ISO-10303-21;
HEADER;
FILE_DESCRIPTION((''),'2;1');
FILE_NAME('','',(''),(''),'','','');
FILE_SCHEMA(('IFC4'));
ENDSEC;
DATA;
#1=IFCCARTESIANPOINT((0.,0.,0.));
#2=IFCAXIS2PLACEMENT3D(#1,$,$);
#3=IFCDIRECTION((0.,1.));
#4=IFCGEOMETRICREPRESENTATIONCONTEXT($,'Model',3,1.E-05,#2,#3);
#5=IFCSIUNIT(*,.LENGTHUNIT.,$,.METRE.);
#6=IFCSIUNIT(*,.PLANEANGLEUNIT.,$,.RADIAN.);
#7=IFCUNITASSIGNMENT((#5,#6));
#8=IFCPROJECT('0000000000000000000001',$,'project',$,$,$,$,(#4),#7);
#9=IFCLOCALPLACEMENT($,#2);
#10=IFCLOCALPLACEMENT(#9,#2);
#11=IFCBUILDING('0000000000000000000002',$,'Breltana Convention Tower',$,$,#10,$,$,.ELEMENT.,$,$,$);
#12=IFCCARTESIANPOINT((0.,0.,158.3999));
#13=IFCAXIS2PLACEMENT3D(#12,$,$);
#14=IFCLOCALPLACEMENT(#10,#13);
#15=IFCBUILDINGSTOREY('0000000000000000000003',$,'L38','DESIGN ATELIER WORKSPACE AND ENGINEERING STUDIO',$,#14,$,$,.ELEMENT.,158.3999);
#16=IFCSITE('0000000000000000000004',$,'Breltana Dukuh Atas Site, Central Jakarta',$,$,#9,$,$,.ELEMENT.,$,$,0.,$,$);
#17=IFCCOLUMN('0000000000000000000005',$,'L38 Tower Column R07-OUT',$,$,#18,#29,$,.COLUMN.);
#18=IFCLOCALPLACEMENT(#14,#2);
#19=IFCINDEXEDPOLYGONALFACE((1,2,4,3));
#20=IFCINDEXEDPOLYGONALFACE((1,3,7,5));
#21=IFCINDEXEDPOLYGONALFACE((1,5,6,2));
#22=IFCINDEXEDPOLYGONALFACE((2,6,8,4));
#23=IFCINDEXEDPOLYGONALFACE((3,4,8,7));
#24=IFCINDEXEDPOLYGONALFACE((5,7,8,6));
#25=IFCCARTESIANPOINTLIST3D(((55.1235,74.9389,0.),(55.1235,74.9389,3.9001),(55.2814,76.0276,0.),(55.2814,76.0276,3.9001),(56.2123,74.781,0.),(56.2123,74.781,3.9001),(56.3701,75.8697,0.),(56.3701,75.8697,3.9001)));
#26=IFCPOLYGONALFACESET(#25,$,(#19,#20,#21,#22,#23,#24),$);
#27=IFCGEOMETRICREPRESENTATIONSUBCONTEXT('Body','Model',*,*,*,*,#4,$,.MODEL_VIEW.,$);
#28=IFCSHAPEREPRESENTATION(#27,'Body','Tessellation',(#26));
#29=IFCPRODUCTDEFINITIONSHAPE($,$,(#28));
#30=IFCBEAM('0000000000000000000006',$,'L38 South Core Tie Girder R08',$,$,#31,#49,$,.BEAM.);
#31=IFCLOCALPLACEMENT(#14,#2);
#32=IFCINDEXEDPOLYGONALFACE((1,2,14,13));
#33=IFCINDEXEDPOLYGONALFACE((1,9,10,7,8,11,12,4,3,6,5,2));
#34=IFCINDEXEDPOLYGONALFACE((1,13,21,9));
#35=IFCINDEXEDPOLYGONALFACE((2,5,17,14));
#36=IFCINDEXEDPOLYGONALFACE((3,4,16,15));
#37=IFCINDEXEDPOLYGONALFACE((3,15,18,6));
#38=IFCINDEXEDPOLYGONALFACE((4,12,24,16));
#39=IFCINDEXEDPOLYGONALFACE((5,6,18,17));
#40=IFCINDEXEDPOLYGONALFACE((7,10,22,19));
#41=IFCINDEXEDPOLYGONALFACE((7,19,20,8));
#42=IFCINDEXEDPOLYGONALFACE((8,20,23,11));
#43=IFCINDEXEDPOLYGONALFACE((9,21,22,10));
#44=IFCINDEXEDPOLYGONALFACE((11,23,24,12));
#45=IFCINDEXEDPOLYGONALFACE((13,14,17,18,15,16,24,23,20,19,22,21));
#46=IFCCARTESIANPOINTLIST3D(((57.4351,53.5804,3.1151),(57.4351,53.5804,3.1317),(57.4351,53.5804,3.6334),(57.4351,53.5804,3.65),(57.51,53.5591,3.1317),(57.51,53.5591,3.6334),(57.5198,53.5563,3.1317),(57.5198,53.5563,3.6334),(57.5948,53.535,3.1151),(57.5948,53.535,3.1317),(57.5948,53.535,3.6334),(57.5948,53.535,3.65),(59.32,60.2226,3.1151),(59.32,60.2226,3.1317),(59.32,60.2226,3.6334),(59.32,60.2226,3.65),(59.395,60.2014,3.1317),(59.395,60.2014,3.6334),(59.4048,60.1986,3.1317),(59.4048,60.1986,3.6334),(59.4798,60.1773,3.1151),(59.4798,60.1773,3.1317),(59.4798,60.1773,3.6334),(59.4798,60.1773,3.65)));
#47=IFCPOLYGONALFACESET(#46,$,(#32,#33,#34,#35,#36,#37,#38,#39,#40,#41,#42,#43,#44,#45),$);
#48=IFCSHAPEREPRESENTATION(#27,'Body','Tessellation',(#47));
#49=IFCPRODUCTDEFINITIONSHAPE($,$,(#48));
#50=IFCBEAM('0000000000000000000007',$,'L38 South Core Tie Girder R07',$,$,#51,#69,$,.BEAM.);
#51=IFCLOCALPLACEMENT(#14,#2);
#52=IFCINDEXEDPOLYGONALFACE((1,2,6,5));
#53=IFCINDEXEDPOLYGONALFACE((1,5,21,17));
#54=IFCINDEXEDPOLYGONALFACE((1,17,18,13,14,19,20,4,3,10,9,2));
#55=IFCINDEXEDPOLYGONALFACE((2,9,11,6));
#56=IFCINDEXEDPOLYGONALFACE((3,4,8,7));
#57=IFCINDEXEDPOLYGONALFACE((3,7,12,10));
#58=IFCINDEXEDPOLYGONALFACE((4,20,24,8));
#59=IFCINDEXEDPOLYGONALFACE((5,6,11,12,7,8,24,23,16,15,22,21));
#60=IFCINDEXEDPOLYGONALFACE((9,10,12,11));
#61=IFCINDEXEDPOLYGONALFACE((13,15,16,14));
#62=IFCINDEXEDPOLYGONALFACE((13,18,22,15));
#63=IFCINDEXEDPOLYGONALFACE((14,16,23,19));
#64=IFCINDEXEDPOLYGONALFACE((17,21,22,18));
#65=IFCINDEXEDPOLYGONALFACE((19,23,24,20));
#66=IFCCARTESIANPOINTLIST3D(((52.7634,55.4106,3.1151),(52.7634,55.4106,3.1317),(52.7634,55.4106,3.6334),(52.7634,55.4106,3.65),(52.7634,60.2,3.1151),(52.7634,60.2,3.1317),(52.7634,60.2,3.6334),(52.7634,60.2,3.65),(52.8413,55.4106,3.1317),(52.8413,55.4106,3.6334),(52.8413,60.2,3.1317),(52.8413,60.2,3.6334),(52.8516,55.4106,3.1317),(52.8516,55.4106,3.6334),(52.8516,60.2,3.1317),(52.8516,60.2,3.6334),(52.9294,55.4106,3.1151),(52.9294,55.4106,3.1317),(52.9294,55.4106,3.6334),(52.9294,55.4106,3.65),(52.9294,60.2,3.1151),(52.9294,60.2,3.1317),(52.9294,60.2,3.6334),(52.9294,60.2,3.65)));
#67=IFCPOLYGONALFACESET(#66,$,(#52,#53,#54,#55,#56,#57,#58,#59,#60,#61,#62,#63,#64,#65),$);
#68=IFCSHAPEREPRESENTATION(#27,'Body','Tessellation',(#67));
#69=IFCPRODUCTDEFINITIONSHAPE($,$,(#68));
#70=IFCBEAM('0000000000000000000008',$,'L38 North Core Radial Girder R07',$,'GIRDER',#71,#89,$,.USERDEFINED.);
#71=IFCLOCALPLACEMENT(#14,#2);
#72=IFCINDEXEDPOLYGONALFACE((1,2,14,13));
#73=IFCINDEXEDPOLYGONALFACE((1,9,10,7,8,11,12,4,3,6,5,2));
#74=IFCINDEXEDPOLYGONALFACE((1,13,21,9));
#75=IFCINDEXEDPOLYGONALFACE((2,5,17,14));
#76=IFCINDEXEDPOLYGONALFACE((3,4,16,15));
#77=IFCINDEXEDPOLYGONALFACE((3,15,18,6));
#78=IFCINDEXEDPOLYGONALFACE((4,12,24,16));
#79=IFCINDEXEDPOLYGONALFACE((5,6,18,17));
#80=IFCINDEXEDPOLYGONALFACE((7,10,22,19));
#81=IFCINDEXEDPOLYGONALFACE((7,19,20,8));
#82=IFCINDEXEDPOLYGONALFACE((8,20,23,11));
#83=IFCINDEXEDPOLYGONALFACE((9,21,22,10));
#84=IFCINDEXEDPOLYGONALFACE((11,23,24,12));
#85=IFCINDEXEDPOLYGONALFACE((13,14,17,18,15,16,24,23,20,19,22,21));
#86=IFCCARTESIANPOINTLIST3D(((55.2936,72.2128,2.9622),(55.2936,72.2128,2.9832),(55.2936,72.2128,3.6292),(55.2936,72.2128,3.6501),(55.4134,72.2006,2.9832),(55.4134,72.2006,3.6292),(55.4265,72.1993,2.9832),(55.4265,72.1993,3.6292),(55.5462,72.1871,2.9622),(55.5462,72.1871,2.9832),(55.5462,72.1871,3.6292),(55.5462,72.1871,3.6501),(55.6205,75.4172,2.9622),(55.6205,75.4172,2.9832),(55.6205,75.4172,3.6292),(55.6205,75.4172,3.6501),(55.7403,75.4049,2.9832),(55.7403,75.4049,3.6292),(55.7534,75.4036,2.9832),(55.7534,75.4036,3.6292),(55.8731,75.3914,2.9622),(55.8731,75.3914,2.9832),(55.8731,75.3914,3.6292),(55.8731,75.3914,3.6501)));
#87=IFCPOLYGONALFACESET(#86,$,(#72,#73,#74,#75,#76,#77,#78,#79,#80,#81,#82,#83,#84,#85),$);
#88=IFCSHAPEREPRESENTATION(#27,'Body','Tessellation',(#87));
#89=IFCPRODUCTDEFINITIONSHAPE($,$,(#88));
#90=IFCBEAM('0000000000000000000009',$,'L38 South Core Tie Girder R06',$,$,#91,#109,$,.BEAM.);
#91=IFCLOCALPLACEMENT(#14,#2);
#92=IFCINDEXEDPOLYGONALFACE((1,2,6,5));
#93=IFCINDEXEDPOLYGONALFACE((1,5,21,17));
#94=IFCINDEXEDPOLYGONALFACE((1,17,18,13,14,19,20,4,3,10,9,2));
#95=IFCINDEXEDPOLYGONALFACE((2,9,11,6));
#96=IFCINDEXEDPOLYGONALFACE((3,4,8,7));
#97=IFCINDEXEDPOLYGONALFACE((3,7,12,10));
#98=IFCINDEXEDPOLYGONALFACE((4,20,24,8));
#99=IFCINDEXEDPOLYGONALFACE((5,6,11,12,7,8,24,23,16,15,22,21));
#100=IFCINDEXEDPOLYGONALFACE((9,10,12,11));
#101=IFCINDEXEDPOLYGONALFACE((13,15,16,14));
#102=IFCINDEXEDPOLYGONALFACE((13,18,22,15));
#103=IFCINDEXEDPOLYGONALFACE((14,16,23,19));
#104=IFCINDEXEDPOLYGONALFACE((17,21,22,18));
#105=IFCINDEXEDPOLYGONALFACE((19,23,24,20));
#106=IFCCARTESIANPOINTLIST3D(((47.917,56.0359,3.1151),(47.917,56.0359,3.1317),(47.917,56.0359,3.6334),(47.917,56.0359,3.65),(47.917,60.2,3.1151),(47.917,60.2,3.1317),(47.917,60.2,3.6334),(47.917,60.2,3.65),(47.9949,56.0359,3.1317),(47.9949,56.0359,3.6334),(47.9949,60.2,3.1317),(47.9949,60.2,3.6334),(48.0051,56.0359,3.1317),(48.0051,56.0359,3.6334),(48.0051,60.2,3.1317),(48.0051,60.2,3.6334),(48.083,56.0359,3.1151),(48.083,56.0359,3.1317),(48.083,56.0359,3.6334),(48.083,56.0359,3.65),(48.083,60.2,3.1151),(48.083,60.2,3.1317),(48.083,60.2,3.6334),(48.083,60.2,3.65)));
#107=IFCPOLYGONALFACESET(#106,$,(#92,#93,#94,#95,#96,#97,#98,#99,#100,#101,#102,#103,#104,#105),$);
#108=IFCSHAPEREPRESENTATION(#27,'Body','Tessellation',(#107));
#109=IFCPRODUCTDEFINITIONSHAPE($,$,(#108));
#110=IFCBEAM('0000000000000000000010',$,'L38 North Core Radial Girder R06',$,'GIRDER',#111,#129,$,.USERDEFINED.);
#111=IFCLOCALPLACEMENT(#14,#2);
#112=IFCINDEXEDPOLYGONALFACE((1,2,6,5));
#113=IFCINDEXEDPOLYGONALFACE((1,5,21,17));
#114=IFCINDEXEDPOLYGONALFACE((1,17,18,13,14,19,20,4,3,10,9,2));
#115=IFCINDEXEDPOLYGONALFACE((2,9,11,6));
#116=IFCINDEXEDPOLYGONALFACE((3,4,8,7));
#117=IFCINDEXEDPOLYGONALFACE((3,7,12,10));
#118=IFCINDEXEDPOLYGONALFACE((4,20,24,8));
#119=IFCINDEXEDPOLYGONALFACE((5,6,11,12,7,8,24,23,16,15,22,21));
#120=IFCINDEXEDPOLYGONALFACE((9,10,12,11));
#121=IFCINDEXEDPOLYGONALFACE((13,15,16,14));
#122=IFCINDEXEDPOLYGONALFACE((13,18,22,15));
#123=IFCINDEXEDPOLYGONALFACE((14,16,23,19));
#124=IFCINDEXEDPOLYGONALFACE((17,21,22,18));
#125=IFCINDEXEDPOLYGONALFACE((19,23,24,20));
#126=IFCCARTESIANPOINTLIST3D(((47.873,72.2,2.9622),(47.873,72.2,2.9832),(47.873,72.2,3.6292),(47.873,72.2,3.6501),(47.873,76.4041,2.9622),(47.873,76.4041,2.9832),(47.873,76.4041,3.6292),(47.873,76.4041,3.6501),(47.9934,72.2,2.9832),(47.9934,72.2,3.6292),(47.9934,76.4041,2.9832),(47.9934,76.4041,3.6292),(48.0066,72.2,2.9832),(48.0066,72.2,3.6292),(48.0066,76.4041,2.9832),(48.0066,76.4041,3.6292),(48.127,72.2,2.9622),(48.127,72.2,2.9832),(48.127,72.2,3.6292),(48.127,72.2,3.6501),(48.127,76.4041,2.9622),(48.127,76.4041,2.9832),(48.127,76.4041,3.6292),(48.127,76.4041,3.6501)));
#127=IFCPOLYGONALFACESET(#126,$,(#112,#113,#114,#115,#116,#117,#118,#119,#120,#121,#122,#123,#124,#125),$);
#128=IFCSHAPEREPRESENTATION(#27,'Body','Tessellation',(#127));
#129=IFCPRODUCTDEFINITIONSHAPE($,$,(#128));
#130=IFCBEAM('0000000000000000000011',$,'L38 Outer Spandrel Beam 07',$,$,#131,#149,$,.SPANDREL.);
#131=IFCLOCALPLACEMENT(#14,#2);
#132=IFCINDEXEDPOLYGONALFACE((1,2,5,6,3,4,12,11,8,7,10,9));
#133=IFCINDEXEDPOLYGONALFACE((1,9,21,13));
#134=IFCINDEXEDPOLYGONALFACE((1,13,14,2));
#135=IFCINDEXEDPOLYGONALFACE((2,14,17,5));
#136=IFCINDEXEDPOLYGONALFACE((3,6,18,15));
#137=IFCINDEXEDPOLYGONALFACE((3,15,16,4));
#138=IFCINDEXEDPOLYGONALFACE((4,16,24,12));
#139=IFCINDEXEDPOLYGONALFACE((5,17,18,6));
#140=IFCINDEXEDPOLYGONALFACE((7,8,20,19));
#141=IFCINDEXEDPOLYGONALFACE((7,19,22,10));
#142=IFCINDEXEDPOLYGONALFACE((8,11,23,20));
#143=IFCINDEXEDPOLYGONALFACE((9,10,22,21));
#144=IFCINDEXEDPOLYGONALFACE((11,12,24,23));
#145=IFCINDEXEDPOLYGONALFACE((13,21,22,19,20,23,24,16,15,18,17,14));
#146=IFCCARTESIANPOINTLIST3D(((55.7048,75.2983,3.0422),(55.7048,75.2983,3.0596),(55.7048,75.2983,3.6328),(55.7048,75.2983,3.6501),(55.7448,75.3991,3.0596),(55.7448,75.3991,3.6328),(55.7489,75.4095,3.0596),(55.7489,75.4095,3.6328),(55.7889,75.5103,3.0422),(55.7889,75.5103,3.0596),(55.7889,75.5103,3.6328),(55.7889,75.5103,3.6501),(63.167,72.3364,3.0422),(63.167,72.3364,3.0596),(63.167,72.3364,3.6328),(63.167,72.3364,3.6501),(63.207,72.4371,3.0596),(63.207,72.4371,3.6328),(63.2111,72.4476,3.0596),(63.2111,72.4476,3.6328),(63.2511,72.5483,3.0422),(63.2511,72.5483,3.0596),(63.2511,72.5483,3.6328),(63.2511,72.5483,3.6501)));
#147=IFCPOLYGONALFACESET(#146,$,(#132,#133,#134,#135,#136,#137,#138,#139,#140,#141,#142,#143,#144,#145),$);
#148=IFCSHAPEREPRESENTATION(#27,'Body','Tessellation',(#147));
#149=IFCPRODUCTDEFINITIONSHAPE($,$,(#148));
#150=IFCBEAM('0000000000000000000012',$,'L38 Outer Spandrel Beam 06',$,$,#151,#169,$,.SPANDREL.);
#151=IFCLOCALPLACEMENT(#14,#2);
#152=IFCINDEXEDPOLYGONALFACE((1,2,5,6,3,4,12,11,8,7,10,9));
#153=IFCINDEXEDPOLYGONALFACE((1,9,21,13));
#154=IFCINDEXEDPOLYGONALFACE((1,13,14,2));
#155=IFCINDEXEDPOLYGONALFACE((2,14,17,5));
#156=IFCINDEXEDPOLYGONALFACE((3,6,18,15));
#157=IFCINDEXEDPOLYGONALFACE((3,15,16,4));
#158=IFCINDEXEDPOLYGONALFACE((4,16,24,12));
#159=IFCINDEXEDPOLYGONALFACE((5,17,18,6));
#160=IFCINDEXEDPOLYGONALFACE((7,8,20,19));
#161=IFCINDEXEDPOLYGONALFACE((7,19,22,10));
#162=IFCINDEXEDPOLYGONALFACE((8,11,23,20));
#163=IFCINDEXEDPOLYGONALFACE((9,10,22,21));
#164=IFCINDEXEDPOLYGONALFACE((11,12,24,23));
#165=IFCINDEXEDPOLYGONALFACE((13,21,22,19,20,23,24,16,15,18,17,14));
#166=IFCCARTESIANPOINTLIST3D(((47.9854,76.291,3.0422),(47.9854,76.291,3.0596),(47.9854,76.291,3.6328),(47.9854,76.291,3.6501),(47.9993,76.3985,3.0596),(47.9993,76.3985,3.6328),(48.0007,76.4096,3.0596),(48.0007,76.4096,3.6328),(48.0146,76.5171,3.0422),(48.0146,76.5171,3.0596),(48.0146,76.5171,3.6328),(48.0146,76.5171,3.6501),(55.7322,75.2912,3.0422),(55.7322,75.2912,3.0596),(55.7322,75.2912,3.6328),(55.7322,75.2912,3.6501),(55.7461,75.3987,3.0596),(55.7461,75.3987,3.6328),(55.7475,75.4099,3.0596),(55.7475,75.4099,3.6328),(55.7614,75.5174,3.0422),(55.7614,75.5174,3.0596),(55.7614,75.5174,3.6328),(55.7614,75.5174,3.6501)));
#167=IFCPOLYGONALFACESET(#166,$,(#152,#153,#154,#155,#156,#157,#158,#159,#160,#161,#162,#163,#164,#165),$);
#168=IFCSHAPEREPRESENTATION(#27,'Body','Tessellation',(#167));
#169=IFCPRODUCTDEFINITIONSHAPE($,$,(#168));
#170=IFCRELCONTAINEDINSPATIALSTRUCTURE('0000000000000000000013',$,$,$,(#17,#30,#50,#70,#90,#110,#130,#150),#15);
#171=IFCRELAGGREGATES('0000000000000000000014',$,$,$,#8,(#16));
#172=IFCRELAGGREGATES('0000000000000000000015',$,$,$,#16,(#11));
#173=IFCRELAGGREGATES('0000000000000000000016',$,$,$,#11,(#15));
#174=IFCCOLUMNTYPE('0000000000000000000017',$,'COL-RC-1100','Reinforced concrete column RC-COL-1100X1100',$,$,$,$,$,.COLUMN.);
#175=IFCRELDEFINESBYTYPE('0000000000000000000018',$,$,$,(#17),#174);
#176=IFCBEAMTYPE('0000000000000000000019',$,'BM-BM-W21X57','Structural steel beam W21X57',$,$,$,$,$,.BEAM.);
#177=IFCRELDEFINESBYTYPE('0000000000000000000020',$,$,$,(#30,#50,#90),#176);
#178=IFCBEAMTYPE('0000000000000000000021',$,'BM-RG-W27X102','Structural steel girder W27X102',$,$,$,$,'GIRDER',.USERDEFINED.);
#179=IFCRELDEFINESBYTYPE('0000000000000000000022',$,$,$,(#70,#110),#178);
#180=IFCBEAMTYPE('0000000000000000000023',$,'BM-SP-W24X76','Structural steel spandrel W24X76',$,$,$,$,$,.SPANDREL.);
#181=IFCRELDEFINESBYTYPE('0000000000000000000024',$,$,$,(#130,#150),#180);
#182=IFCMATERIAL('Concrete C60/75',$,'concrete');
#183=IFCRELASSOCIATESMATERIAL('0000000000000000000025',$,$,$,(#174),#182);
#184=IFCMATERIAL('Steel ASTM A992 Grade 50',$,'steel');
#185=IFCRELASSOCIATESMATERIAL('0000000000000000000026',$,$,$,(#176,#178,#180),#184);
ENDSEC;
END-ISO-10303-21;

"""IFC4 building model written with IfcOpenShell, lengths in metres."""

from ifc_helpers import new_model, si_unit, direction, frame, origin, origin_2d, place, context, subcontext, project, spatial, rectangle, i_section, extrude, source, transform, mapped, material, material_profile, profile_set, type_object, type_shapes, element, save


model = new_model("IFC4")

# Units and contexts
model_context = context("Model", 3, precision=1e-05, world=origin(), true_north=direction((0.0, 1.0)))
body_context = subcontext(model_context, "Body", "Model", "MODEL_VIEW")
ifc_project = project(units=[si_unit("LENGTHUNIT", "METRE"), si_unit("PLANEANGLEUNIT", "RADIAN")], contexts=[model_context])

# Site, building, storey
site_placement = place(None, origin())
site = spatial("IfcSite", under=ifc_project, at=site_placement, Name="Breltana Dukuh Atas Site, Central Jakarta", CompositionType="ELEMENT", RefElevation=0.0)
building_placement = place(site_placement, origin())
building = spatial("IfcBuilding", under=site, at=building_placement, Name="Breltana Convention Tower", CompositionType="ELEMENT")
storey_placement = place(building_placement, frame((0.0, 0.0, 158.3999)))
storey = spatial("IfcBuildingStorey", under=building, at=storey_placement, Name="L38", Description="DESIGN ATELIER WORKSPACE AND ENGINEERING STUDIO", CompositionType="ELEMENT", Elevation=158.3999)

# Column
ifc_material_1 = material(Name="Concrete C60/75", Category="concrete")
ifc_material_profile_1 = material_profile(ifc_material_1, rectangle(XDim=1.1001, YDim=1.1001, at=origin_2d()), Name="RC-COL-1100X1100")
ifc_profile_set_1 = profile_set([ifc_material_profile_1], Name="Concrete C60/75")
column_type = type_object("IfcColumnType", Name="COL-RC-1100", Description="Reinforced concrete column RC-COL-1100X1100", PredefinedType="COLUMN", material=ifc_profile_set_1)
shared_shape_1 = source(origin(), body_context, "Body", "SweptSolid", [
    extrude(rectangle(XDim=1.1001, YDim=1.1001, at=origin_2d()), origin(), (0.0, 0.0, 1.0), 3.9001),
])
column_placement = place(storey_placement, frame((55.7468, 75.4043, 0.0), z_axis=(0.0, 0.0, 1.0), x_axis=(0.143493, 0.989651, 0.0)))
element("IfcColumn", 1, at=column_placement, inside=storey, type_object=column_type, Name="L38 Tower Column R07-OUT", PredefinedType="COLUMN", context=body_context, shape_type="MappedRepresentation", body=[
    mapped(shared_shape_1, transform((0.0, 0.0, 0.0), scale=1.0)),
])

# Beams
ifc_material_2 = material(Name="Steel ASTM A992 Grade 50", Category="steel")
ifc_material_profile_2 = material_profile(ifc_material_2, i_section(OverallWidth=0.166, OverallDepth=0.5349, WebThickness=0.0103, FlangeThickness=0.0166, at=origin_2d()), Name="W21X57")
ifc_profile_set_2 = profile_set([ifc_material_profile_2], Name="Steel ASTM A992 Grade 50")
beam_type_1 = type_object("IfcBeamType", Name="BM-BM-W21X57", Description="Structural steel beam W21X57", PredefinedType="BEAM", material=ifc_profile_set_2)
shared_shape_2 = source(origin(), body_context, "Body", "SweptSolid", [
    extrude(i_section(OverallWidth=0.166, OverallDepth=0.5349, WebThickness=0.0103, FlangeThickness=0.0166, at=origin_2d()), origin(), (0.0, 0.0, 1.0), 6.9045),
])
type_shapes(beam_type_1, [shared_shape_2])
beam_1_placement = place(storey_placement, frame((59.3999, 60.2, 3.3826), z_axis=(-0.273007, -0.962012, 0.0), x_axis=(0.962012, -0.273007, 0.0)))
element("IfcBeam", 2, at=beam_1_placement, inside=storey, type_object=beam_type_1, Name="L38 South Core Tie Girder R08", PredefinedType="BEAM", context=body_context, shape_type="MappedRepresentation", body=[
    mapped(shared_shape_2, transform((0.0, 0.0, 0.0), scale=1.0)),
])
shared_shape_3 = source(origin(), body_context, "Body", "SweptSolid", [
    extrude(i_section(OverallWidth=0.166, OverallDepth=0.5349, WebThickness=0.0103, FlangeThickness=0.0166, at=origin_2d()), origin(), (0.0, 0.0, 1.0), 4.7893),
])
beam_2_placement = place(storey_placement, frame((52.8464, 60.2, 3.3826), z_axis=(0.0, -1.0, 0.0), x_axis=(1.0, 0.0, 0.0)))
element("IfcBeam", 3, at=beam_2_placement, inside=storey, type_object=beam_type_1, Name="L38 South Core Tie Girder R07", PredefinedType="BEAM", context=body_context, shape_type="MappedRepresentation", body=[
    mapped(shared_shape_3, transform((0.0, 0.0, 0.0), scale=1.0)),
])
ifc_material_profile_3 = material_profile(ifc_material_2, i_section(OverallWidth=0.2539, OverallDepth=0.688, WebThickness=0.0132, FlangeThickness=0.021, at=origin_2d()), Name="W27X102")
ifc_profile_set_3 = profile_set([ifc_material_profile_3], Name="Steel ASTM A992 Grade 50")
beam_type_2 = type_object("IfcBeamType", Name="BM-RG-W27X102", Description="Structural steel girder W27X102", ElementType="GIRDER", PredefinedType="USERDEFINED", material=ifc_profile_set_3)
shared_shape_4 = source(origin(), body_context, "Body", "SweptSolid", [
    extrude(i_section(OverallWidth=0.2539, OverallDepth=0.688, WebThickness=0.0132, FlangeThickness=0.021, at=origin_2d()), origin(), (0.0, 0.0, 1.0), 3.2209),
])
beam_3_placement = place(storey_placement, frame((55.4199, 72.2, 3.3062), z_axis=(0.101492, 0.994836, 0.0), x_axis=(-0.994836, 0.101492, 0.0)))
element("IfcBeam", 4, at=beam_3_placement, inside=storey, type_object=beam_type_2, Name="L38 North Core Radial Girder R07", ObjectType="GIRDER", PredefinedType="USERDEFINED", context=body_context, shape_type="MappedRepresentation", body=[
    mapped(shared_shape_4, transform((0.0, 0.0, 0.0), scale=1.0)),
])
shared_shape_5 = source(origin(), body_context, "Body", "SweptSolid", [
    extrude(i_section(OverallWidth=0.166, OverallDepth=0.5349, WebThickness=0.0103, FlangeThickness=0.0166, at=origin_2d()), origin(), (0.0, 0.0, 1.0), 4.1641),
])
beam_4_placement = place(storey_placement, frame((48.0, 60.2, 3.3826), z_axis=(0.0, -1.0, 0.0), x_axis=(1.0, 0.0, 0.0)))
element("IfcBeam", 5, at=beam_4_placement, inside=storey, type_object=beam_type_1, Name="L38 South Core Tie Girder R06", PredefinedType="BEAM", context=body_context, shape_type="MappedRepresentation", body=[
    mapped(shared_shape_5, transform((0.0, 0.0, 0.0), scale=1.0)),
])
shared_shape_6 = source(origin(), body_context, "Body", "SweptSolid", [
    extrude(i_section(OverallWidth=0.2539, OverallDepth=0.688, WebThickness=0.0132, FlangeThickness=0.021, at=origin_2d()), origin(), (0.0, 0.0, 1.0), 4.2041),
])
beam_5_placement = place(storey_placement, frame((48.0, 72.2, 3.3062), z_axis=(0.0, 1.0, 0.0), x_axis=(-1.0, 0.0, 0.0)))
element("IfcBeam", 6, at=beam_5_placement, inside=storey, type_object=beam_type_2, Name="L38 North Core Radial Girder R06", ObjectType="GIRDER", PredefinedType="USERDEFINED", context=body_context, shape_type="MappedRepresentation", body=[
    mapped(shared_shape_6, transform((0.0, 0.0, 0.0), scale=1.0)),
])
ifc_material_profile_4 = material_profile(ifc_material_2, i_section(OverallWidth=0.228, OverallDepth=0.6079, WebThickness=0.0112, FlangeThickness=0.0173, at=origin_2d()), Name="W24X76")
ifc_profile_set_4 = profile_set([ifc_material_profile_4], Name="Steel ASTM A992 Grade 50")
beam_type_3 = type_object("IfcBeamType", Name="BM-SP-W24X76", Description="Structural steel spandrel W24X76", PredefinedType="SPANDREL", material=ifc_profile_set_4)
shared_shape_7 = source(origin(), body_context, "Body", "SweptSolid", [
    extrude(i_section(OverallWidth=0.228, OverallDepth=0.6079, WebThickness=0.0112, FlangeThickness=0.0173, at=origin_2d()), origin(), (0.0, 0.0, 1.0), 8.0286),
])
beam_6_placement = place(storey_placement, frame((55.7468, 75.4043, 3.3462), z_axis=(0.929459, -0.368925, 0.0), x_axis=(0.368925, 0.929459, 0.0)))
element("IfcBeam", 7, at=beam_6_placement, inside=storey, type_object=beam_type_3, Name="L38 Outer Spandrel Beam 07", PredefinedType="SPANDREL", context=body_context, shape_type="MappedRepresentation", body=[
    mapped(shared_shape_7, transform((0.0, 0.0, 0.0), scale=1.0)),
])
shared_shape_8 = source(origin(), body_context, "Body", "SweptSolid", [
    extrude(i_section(OverallWidth=0.228, OverallDepth=0.6079, WebThickness=0.0112, FlangeThickness=0.0173, at=origin_2d()), origin(), (0.0, 0.0, 1.0), 7.811),
])
beam_7_placement = place(storey_placement, frame((48.0, 76.4041, 3.3462), z_axis=(0.991775, -0.127992, 0.0), x_axis=(0.127992, 0.991775, 0.0)))
element("IfcBeam", 8, at=beam_7_placement, inside=storey, type_object=beam_type_3, Name="L38 Outer Spandrel Beam 06", PredefinedType="SPANDREL", context=body_context, shape_type="MappedRepresentation", body=[
    mapped(shared_shape_8, transform((0.0, 0.0, 0.0), scale=1.0)),
])

save(model, "model.ifc")
